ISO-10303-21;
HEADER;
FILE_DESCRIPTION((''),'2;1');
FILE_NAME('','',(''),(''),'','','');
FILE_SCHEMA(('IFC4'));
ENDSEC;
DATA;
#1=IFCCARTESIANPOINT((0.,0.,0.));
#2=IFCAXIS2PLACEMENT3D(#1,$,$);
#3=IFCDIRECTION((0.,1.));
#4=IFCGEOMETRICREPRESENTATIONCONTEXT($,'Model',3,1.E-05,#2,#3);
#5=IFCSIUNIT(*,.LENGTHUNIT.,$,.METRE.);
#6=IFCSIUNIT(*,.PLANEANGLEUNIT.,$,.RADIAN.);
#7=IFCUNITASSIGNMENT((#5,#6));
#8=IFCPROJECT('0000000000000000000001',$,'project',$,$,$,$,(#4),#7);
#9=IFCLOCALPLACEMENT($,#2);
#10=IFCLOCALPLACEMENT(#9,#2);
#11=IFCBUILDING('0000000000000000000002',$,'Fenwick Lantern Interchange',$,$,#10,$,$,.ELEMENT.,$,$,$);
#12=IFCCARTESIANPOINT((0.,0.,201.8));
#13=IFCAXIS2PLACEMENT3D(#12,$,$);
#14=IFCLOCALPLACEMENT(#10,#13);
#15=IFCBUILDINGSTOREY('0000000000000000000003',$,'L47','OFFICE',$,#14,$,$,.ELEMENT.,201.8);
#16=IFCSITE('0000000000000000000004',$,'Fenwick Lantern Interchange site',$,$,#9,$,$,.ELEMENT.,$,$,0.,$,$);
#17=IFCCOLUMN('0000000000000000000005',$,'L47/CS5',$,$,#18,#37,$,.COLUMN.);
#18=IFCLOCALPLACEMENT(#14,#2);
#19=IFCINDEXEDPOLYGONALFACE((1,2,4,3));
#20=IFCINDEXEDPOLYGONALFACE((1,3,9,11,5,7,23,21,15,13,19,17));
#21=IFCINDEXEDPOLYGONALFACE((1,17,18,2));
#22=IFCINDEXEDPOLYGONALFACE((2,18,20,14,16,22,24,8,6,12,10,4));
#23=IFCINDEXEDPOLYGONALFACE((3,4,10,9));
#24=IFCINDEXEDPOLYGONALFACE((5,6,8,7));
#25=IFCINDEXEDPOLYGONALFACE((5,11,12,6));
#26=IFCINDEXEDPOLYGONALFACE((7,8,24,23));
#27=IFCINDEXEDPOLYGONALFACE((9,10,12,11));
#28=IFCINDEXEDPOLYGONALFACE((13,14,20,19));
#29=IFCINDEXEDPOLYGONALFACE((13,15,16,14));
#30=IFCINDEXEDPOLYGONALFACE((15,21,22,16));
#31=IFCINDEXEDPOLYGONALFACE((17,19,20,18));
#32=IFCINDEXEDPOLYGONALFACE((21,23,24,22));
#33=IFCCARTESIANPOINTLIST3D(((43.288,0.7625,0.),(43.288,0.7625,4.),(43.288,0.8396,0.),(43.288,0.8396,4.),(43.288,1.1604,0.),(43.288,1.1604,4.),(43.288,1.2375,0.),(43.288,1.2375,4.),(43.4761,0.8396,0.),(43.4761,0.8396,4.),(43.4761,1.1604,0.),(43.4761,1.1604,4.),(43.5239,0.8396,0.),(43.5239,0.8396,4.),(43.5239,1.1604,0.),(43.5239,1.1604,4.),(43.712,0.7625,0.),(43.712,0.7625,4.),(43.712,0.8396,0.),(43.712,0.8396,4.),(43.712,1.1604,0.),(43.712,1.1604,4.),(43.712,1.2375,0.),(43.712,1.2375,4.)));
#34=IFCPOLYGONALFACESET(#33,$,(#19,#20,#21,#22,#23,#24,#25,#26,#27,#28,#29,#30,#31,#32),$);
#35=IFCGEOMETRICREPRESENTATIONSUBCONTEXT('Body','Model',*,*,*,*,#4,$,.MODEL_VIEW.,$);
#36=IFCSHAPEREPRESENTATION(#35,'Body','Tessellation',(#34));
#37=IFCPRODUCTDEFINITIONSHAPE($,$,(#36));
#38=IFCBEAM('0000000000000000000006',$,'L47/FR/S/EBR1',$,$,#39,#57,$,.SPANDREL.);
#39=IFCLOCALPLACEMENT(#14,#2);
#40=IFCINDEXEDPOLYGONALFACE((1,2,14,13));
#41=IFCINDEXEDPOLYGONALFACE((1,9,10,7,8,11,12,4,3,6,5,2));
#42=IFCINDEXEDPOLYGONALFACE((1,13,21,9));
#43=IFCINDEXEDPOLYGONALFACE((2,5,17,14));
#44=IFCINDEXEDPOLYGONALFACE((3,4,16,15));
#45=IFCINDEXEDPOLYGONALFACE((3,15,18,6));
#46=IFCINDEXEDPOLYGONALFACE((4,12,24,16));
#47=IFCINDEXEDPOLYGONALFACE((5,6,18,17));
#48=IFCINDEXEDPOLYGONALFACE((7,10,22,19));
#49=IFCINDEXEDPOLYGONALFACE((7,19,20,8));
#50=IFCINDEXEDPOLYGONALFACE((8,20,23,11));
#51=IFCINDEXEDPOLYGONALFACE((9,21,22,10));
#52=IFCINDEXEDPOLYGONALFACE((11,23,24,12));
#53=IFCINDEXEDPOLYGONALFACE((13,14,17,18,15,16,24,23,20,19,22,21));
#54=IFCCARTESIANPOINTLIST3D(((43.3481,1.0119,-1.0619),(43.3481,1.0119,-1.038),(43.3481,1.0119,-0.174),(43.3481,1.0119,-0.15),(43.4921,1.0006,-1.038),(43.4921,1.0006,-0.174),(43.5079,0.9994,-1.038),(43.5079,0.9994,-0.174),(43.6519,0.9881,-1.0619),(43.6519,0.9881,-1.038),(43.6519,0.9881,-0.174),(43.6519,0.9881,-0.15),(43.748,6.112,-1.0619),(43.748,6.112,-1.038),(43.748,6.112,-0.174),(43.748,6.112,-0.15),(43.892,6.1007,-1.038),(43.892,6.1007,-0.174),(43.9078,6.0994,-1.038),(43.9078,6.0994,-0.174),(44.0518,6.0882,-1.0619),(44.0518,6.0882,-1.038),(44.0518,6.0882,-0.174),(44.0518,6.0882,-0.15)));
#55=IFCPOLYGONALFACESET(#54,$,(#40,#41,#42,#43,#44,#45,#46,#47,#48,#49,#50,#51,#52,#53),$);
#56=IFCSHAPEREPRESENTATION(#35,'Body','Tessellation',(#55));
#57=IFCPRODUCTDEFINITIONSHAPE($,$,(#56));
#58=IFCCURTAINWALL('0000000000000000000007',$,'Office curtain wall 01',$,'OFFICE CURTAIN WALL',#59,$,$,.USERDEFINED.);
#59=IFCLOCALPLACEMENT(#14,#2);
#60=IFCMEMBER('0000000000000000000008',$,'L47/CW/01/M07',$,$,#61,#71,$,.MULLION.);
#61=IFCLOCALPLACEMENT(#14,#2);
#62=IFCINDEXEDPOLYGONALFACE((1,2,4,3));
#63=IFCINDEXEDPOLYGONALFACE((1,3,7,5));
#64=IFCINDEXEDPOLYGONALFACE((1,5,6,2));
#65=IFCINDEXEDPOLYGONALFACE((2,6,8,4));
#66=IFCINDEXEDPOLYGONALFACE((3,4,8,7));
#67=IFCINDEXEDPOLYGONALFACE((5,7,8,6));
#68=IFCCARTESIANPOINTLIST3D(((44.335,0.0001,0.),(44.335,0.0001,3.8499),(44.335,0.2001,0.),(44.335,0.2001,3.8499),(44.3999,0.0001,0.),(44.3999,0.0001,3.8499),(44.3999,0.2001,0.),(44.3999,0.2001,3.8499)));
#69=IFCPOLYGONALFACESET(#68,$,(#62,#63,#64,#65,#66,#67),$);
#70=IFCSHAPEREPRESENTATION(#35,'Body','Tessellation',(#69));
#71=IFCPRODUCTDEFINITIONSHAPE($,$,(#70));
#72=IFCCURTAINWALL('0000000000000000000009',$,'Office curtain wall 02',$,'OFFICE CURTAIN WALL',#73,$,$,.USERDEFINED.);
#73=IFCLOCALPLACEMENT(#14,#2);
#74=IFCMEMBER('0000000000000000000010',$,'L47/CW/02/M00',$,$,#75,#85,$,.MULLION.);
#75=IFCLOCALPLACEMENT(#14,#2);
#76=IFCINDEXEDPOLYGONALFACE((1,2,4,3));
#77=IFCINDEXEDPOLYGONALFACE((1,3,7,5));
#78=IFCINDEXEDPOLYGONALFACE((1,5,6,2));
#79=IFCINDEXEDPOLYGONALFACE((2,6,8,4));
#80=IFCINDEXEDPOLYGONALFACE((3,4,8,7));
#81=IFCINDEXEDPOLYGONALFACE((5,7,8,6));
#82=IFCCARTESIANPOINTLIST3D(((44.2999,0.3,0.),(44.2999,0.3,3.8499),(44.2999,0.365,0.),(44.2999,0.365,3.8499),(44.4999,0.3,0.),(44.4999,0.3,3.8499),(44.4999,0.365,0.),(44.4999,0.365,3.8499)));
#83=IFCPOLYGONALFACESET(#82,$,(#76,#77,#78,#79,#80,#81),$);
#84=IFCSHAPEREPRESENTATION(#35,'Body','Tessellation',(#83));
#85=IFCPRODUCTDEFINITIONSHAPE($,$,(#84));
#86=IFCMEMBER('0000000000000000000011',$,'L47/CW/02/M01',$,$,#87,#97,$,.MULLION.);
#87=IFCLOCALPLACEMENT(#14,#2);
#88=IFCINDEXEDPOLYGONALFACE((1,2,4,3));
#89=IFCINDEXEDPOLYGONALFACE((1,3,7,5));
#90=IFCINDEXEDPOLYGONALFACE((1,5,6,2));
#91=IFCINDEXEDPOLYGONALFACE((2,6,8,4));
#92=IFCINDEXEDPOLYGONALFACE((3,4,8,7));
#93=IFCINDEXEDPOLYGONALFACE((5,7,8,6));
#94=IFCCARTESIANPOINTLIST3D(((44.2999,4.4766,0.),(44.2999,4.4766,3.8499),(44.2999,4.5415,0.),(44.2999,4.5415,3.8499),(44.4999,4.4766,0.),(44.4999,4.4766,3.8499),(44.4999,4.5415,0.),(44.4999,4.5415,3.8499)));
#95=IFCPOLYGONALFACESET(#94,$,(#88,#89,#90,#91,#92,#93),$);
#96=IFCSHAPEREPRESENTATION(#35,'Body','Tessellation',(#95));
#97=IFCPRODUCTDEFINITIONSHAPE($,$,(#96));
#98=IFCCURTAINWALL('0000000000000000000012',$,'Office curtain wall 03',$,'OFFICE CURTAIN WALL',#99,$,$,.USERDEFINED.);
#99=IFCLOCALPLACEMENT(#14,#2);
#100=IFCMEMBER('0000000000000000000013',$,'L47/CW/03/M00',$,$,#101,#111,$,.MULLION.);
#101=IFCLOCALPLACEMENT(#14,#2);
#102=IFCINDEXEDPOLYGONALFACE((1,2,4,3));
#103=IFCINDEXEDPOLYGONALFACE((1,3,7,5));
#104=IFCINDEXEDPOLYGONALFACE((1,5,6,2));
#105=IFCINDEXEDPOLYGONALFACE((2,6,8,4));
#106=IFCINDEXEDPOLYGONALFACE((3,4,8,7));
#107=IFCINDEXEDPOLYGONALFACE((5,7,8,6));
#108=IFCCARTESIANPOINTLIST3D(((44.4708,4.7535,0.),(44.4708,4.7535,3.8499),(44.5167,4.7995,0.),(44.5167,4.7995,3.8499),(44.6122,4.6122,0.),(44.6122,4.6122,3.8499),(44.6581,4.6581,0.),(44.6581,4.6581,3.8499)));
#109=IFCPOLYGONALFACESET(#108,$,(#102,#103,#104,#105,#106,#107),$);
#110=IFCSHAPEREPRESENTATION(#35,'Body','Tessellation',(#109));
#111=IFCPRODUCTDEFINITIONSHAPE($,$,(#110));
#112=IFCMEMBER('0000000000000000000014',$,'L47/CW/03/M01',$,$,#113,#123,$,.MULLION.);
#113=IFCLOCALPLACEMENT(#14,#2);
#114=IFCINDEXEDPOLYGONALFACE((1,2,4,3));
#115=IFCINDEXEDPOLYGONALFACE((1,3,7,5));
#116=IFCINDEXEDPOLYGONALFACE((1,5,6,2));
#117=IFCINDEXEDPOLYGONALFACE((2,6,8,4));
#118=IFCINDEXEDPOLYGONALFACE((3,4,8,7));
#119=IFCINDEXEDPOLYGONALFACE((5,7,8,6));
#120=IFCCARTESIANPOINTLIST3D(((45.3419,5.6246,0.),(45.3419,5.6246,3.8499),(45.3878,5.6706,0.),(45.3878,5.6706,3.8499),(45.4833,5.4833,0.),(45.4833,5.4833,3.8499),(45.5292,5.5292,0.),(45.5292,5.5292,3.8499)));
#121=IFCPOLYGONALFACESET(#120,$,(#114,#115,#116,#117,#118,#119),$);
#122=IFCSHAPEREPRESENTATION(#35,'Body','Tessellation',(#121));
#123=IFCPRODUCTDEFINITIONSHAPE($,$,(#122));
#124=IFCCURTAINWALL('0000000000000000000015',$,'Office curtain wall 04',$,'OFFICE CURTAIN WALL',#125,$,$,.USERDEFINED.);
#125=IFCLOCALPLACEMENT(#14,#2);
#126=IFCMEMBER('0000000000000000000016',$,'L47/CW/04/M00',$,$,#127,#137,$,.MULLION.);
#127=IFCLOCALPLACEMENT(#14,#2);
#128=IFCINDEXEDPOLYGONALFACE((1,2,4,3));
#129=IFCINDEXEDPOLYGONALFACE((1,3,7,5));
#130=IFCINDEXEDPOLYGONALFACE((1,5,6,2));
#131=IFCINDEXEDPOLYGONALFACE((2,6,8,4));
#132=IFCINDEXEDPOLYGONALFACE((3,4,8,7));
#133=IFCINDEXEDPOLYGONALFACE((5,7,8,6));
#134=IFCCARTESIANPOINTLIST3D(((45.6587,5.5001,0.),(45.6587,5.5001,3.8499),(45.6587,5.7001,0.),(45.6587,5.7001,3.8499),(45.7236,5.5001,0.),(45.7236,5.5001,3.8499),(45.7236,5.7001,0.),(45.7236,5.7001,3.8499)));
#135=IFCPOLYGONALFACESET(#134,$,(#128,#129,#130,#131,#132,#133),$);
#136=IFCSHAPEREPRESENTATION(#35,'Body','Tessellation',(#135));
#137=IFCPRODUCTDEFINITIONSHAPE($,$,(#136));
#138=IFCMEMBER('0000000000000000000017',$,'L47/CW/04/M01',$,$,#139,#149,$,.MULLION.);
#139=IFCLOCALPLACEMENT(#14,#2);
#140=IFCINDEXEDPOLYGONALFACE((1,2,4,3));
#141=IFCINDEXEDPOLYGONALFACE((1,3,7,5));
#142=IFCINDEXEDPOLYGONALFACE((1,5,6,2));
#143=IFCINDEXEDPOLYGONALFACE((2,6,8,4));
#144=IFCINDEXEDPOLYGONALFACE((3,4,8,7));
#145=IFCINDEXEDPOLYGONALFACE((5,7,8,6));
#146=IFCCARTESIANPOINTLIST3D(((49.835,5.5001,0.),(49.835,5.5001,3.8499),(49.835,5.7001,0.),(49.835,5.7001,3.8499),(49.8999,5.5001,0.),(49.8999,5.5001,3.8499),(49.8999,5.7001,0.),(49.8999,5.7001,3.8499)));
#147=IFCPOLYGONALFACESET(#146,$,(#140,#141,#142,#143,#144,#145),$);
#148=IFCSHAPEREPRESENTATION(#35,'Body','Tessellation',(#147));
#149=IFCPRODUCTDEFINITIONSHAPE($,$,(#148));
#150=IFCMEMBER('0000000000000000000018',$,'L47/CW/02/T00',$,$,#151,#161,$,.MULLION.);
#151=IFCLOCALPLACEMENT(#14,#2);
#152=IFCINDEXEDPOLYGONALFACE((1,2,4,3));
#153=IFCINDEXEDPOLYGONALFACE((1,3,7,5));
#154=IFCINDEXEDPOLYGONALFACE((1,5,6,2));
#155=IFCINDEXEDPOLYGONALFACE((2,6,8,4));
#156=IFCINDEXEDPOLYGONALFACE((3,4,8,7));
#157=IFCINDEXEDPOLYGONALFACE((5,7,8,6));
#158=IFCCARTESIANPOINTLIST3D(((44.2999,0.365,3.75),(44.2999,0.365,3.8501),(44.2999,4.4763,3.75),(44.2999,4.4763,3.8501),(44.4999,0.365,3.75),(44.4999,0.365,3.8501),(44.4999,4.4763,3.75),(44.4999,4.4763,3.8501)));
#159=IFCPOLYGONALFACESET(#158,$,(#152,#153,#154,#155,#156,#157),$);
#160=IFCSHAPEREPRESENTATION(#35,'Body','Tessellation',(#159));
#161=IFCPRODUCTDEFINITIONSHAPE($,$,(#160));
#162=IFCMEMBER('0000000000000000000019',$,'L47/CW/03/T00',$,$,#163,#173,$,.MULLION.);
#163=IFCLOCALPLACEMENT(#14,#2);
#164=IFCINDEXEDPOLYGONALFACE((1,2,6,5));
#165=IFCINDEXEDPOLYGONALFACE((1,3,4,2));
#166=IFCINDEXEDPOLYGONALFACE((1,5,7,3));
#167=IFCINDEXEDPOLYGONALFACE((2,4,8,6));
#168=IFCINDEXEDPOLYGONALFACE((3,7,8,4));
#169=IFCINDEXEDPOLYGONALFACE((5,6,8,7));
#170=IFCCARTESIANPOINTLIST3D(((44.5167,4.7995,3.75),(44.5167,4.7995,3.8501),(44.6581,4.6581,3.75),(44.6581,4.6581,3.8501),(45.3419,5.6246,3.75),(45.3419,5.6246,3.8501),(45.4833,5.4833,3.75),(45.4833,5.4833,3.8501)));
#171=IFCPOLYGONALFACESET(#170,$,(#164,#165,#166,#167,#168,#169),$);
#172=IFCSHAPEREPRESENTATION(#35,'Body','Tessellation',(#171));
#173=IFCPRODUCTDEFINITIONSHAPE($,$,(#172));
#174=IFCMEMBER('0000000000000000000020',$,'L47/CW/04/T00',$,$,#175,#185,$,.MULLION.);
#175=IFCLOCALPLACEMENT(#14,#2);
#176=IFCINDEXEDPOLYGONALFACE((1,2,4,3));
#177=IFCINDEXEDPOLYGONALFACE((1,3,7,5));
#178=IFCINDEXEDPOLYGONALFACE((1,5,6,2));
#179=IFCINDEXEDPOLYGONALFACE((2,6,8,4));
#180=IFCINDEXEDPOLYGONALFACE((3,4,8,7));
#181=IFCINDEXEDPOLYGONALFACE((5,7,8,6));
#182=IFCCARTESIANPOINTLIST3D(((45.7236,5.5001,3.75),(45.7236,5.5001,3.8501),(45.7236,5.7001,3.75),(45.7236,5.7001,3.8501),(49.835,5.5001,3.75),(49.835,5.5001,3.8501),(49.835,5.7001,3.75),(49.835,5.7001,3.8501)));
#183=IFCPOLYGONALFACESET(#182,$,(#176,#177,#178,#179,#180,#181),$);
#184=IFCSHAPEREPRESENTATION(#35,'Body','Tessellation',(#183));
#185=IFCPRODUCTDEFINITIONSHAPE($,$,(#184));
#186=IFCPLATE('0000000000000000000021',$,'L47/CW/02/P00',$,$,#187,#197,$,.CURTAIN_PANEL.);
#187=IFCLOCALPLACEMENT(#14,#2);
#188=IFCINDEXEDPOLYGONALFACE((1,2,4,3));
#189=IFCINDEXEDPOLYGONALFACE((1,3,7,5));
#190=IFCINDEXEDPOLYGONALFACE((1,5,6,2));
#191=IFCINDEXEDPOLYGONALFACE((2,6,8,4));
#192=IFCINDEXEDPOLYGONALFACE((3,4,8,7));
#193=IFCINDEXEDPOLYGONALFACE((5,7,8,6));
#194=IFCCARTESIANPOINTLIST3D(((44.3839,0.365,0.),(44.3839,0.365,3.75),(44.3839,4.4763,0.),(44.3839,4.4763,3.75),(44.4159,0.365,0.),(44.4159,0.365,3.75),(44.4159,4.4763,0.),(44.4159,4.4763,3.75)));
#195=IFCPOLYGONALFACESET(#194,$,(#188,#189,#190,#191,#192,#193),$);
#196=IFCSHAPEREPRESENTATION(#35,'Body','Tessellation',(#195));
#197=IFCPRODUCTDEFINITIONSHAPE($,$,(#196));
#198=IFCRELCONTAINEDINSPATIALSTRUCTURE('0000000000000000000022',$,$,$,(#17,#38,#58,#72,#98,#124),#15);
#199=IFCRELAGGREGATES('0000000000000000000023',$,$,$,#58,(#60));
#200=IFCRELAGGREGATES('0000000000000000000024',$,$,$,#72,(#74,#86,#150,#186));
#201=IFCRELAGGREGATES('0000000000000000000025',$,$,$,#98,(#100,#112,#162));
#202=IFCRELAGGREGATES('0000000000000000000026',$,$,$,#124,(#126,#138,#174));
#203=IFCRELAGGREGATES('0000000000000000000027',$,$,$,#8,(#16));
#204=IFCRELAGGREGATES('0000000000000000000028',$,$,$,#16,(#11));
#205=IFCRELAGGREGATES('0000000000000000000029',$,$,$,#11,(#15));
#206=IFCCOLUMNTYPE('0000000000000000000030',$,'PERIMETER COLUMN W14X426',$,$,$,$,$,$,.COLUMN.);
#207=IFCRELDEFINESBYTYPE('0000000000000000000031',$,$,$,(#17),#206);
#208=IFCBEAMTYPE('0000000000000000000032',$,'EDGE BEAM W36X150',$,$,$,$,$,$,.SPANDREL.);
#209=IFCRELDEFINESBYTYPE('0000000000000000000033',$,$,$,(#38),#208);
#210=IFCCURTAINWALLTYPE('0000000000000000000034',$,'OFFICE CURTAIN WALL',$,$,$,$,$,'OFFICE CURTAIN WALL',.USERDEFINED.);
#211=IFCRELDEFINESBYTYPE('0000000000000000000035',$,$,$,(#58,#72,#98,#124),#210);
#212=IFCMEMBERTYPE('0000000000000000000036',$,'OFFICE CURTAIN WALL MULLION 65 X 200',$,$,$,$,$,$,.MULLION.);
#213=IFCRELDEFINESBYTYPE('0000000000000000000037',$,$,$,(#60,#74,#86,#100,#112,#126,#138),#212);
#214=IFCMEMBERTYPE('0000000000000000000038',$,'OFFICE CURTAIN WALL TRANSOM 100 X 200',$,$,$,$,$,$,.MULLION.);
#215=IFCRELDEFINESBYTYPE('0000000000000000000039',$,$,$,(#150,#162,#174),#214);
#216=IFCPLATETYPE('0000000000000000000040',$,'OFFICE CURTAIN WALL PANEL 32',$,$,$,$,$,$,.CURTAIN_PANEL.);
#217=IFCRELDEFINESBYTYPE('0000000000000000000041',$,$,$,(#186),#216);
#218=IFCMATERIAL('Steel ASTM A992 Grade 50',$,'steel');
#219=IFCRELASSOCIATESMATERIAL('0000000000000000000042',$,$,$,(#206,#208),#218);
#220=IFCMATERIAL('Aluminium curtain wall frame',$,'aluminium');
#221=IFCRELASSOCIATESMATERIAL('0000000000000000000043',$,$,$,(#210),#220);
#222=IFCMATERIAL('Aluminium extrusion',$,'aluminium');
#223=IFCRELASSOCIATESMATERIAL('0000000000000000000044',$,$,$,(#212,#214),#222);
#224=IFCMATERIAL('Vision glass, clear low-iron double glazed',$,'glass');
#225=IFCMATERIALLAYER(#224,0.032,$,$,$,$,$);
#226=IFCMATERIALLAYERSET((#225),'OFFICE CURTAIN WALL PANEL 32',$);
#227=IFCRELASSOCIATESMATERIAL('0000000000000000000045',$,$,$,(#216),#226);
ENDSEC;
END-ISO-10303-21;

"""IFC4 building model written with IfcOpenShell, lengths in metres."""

from ifc_helpers import new_model, si_unit, direction, frame, origin, origin_2d, place, context, subcontext, project, spatial, rectangle, i_section, extrude, material, layer, layer_set, material_profile, profile_set, type_object, element, aggregate, save


model = new_model("IFC4")

# Units and contexts
model_context = context("Model", 3, precision=1e-05, world=origin(), true_north=direction((0.0, 1.0)))
body_context = subcontext(model_context, "Body", "Model", "MODEL_VIEW")
ifc_project = project(units=[si_unit("LENGTHUNIT", "METRE"), si_unit("PLANEANGLEUNIT", "RADIAN")], contexts=[model_context])

# Site, building, storey
site_placement = place(None, origin())
site = spatial("IfcSite", under=ifc_project, at=site_placement, Name="Fenwick Lantern Interchange site", CompositionType="ELEMENT", RefElevation=0.0)
building_placement = place(site_placement, origin())
building = spatial("IfcBuilding", under=site, at=building_placement, Name="Fenwick Lantern Interchange", CompositionType="ELEMENT")
storey_placement = place(building_placement, frame((0.0, 0.0, 201.8)))
storey = spatial("IfcBuildingStorey", under=building, at=storey_placement, Name="L47", Description="OFFICE", CompositionType="ELEMENT", Elevation=201.8)

# Column
ifc_material_1 = material(Name="Steel ASTM A992 Grade 50", Category="steel")
ifc_material_profile_1 = material_profile(ifc_material_1, i_section(OverallWidth=0.4241, OverallDepth=0.4751, WebThickness=0.0479, FlangeThickness=0.0771, at=origin_2d()), Name="W14X426")
ifc_profile_set_1 = profile_set([ifc_material_profile_1], Name="Steel ASTM A992 Grade 50")
column_type = type_object("IfcColumnType", Name="PERIMETER COLUMN W14X426", PredefinedType="COLUMN", material=ifc_profile_set_1)
column_placement = place(storey_placement, frame((43.5, 1.0, 0.0), z_axis=(0.0, 0.0, 1.0), x_axis=(1.0, 0.0, 0.0)))
element("IfcColumn", 1, at=column_placement, inside=storey, type_object=column_type, Name="L47/CS5", PredefinedType="COLUMN", context=body_context, shape_type="SweptSolid", body=[
    extrude(i_section(OverallWidth=0.4241, OverallDepth=0.4751, WebThickness=0.0479, FlangeThickness=0.0771, at=origin_2d()), origin(), (0.0, 0.0, 1.0), 4.0),
])

# Beam
ifc_material_profile_2 = material_profile(ifc_material_1, i_section(OverallWidth=0.3047, OverallDepth=0.9119, WebThickness=0.0159, FlangeThickness=0.0239, at=origin_2d()), Name="W36X150")
ifc_profile_set_2 = profile_set([ifc_material_profile_2], Name="Steel ASTM A992 Grade 50")
beam_type = type_object("IfcBeamType", Name="EDGE BEAM W36X150", PredefinedType="SPANDREL", material=ifc_profile_set_2)
beam_placement = place(storey_placement, frame((43.5, 1.0, -0.606), z_axis=(0.078171, 0.99694, 0.0), x_axis=(-0.99694, 0.078171, 0.0)))
element("IfcBeam", 2, at=beam_placement, inside=storey, type_object=beam_type, Name="L47/FR/S/EBR1", PredefinedType="SPANDREL", context=body_context, shape_type="SweptSolid", body=[
    extrude(i_section(OverallWidth=0.3047, OverallDepth=0.9119, WebThickness=0.0159, FlangeThickness=0.0239, at=origin_2d()), origin(), (0.0, 0.0, 1.0), 5.1157),
])

# Curtain wall, member
ifc_material_2 = material(Name="Aluminium curtain wall frame", Category="aluminium")
curtain_wall_type = type_object("IfcCurtainWallType", Name="OFFICE CURTAIN WALL", ElementType="OFFICE CURTAIN WALL", PredefinedType="USERDEFINED", material=ifc_material_2)
curtain_wall_1_placement = place(storey_placement, origin())
curtain_wall_1 = element("IfcCurtainWall", 3, at=curtain_wall_1_placement, inside=storey, type_object=curtain_wall_type, Name="Office curtain wall 01", ObjectType="OFFICE CURTAIN WALL", PredefinedType="USERDEFINED")
ifc_material_3 = material(Name="Aluminium extrusion", Category="aluminium")
ifc_material_profile_3 = material_profile(ifc_material_3, rectangle(XDim=0.2, YDim=0.0649, at=origin_2d()), Name="OFFICE CURTAIN WALL MULLION 65 X 200")
ifc_profile_set_3 = profile_set([ifc_material_profile_3], Name="Aluminium extrusion")
member_type_1 = type_object("IfcMemberType", Name="OFFICE CURTAIN WALL MULLION 65 X 200", PredefinedType="MULLION", material=ifc_profile_set_3)
member_1_placement = place(storey_placement, frame((44.3674, 0.1001, 0.0), z_axis=(0.0, 0.0, 1.0), x_axis=(0.0, 1.0, 0.0)))
member_1 = element("IfcMember", 4, at=member_1_placement, type_object=member_type_1, Name="L47/CW/01/M07", PredefinedType="MULLION", context=body_context, shape_type="SweptSolid", body=[
    extrude(rectangle(XDim=0.2, YDim=0.0649, at=origin_2d()), origin(), (0.0, 0.0, 1.0), 3.8499),
])
aggregate(curtain_wall_1, [member_1])

# Curtain walls, members
curtain_wall_2_placement = place(storey_placement, origin())
curtain_wall_2 = element("IfcCurtainWall", 5, at=curtain_wall_2_placement, inside=storey, type_object=curtain_wall_type, Name="Office curtain wall 02", ObjectType="OFFICE CURTAIN WALL", PredefinedType="USERDEFINED")
member_2_placement = place(storey_placement, frame((44.3999, 0.3325, 0.0), z_axis=(0.0, 0.0, 1.0), x_axis=(-1.0, 0.0, 0.0)))
member_2 = element("IfcMember", 6, at=member_2_placement, type_object=member_type_1, Name="L47/CW/02/M00", PredefinedType="MULLION", context=body_context, shape_type="SweptSolid", body=[
    extrude(rectangle(XDim=0.2, YDim=0.0649, at=origin_2d()), origin(), (0.0, 0.0, 1.0), 3.8499),
])
member_3_placement = place(storey_placement, frame((44.3999, 4.509, 0.0), z_axis=(0.0, 0.0, 1.0), x_axis=(-1.0, 0.0, 0.0)))
member_3 = element("IfcMember", 7, at=member_3_placement, type_object=member_type_1, Name="L47/CW/02/M01", PredefinedType="MULLION", context=body_context, shape_type="SweptSolid", body=[
    extrude(rectangle(XDim=0.2, YDim=0.0649, at=origin_2d()), origin(), (0.0, 0.0, 1.0), 3.8499),
])
curtain_wall_3_placement = place(storey_placement, origin())
curtain_wall_3 = element("IfcCurtainWall", 8, at=curtain_wall_3_placement, inside=storey, type_object=curtain_wall_type, Name="Office curtain wall 03", ObjectType="OFFICE CURTAIN WALL", PredefinedType="USERDEFINED")
member_4_placement = place(storey_placement, frame((44.5645, 4.7058, 0.0), z_axis=(0.0, 0.0, 1.0), x_axis=(-0.707107, 0.707107, 0.0)))
member_4 = element("IfcMember", 9, at=member_4_placement, type_object=member_type_1, Name="L47/CW/03/M00", PredefinedType="MULLION", context=body_context, shape_type="SweptSolid", body=[
    extrude(rectangle(XDim=0.2, YDim=0.0649, at=origin_2d()), origin(), (0.0, 0.0, 1.0), 3.8499),
])
member_5_placement = place(storey_placement, frame((45.4355, 5.5769, 0.0), z_axis=(0.0, 0.0, 1.0), x_axis=(-0.707107, 0.707107, 0.0)))
member_5 = element("IfcMember", 10, at=member_5_placement, type_object=member_type_1, Name="L47/CW/03/M01", PredefinedType="MULLION", context=body_context, shape_type="SweptSolid", body=[
    extrude(rectangle(XDim=0.2, YDim=0.0649, at=origin_2d()), origin(), (0.0, 0.0, 1.0), 3.8499),
])
curtain_wall_4_placement = place(storey_placement, origin())
curtain_wall_4 = element("IfcCurtainWall", 11, at=curtain_wall_4_placement, inside=storey, type_object=curtain_wall_type, Name="Office curtain wall 04", ObjectType="OFFICE CURTAIN WALL", PredefinedType="USERDEFINED")
member_6_placement = place(storey_placement, frame((45.6912, 5.6001, 0.0), z_axis=(0.0, 0.0, 1.0), x_axis=(0.0, 1.0, 0.0)))
member_6 = element("IfcMember", 12, at=member_6_placement, type_object=member_type_1, Name="L47/CW/04/M00", PredefinedType="MULLION", context=body_context, shape_type="SweptSolid", body=[
    extrude(rectangle(XDim=0.2, YDim=0.0649, at=origin_2d()), origin(), (0.0, 0.0, 1.0), 3.8499),
])
member_7_placement = place(storey_placement, frame((49.8674, 5.6001, 0.0), z_axis=(0.0, 0.0, 1.0), x_axis=(0.0, 1.0, 0.0)))
member_7 = element("IfcMember", 13, at=member_7_placement, type_object=member_type_1, Name="L47/CW/04/M01", PredefinedType="MULLION", context=body_context, shape_type="SweptSolid", body=[
    extrude(rectangle(XDim=0.2, YDim=0.0649, at=origin_2d()), origin(), (0.0, 0.0, 1.0), 3.8499),
])

# Members
ifc_material_profile_4 = material_profile(ifc_material_3, rectangle(XDim=0.2, YDim=0.1001, at=origin_2d()), Name="OFFICE CURTAIN WALL TRANSOM 100 X 200")
ifc_profile_set_4 = profile_set([ifc_material_profile_4], Name="Aluminium extrusion")
member_type_2 = type_object("IfcMemberType", Name="OFFICE CURTAIN WALL TRANSOM 100 X 200", PredefinedType="MULLION", material=ifc_profile_set_4)
member_8_placement = place(storey_placement, frame((44.3999, 0.365, 3.8), z_axis=(0.0, 1.0, 0.0), x_axis=(-1.0, 0.0, 0.0)))
member_8 = element("IfcMember", 14, at=member_8_placement, type_object=member_type_2, Name="L47/CW/02/T00", PredefinedType="MULLION", context=body_context, shape_type="SweptSolid", body=[
    extrude(rectangle(XDim=0.2, YDim=0.1001, at=origin_2d()), origin(), (0.0, 0.0, 1.0), 4.1113),
])
member_9_placement = place(storey_placement, frame((44.5874, 4.7288, 3.8), z_axis=(0.707107, 0.707107, 0.0), x_axis=(-0.707107, 0.707107, 0.0)))
member_9 = element("IfcMember", 15, at=member_9_placement, type_object=member_type_2, Name="L47/CW/03/T00", PredefinedType="MULLION", context=body_context, shape_type="SweptSolid", body=[
    extrude(rectangle(XDim=0.2, YDim=0.1001, at=origin_2d()), origin(), (0.0, 0.0, 1.0), 1.167),
])
member_10_placement = place(storey_placement, frame((45.7236, 5.6001, 3.8), z_axis=(1.0, 0.0, 0.0), x_axis=(0.0, 1.0, 0.0)))
member_10 = element("IfcMember", 16, at=member_10_placement, type_object=member_type_2, Name="L47/CW/04/T00", PredefinedType="MULLION", context=body_context, shape_type="SweptSolid", body=[
    extrude(rectangle(XDim=0.2, YDim=0.1001, at=origin_2d()), origin(), (0.0, 0.0, 1.0), 4.1113),
])

# Plate
ifc_material_4 = material(Name="Vision glass, clear low-iron double glazed", Category="glass")
ifc_layer_1 = layer(ifc_material_4, 0.032)
ifc_layer_set_1 = layer_set([ifc_layer_1], Name="OFFICE CURTAIN WALL PANEL 32")
plate_type = type_object("IfcPlateType", Name="OFFICE CURTAIN WALL PANEL 32", PredefinedType="CURTAIN_PANEL", material=ifc_layer_set_1)
plate_1_placement = place(storey_placement, frame((44.3999, 2.4207, 0.0), z_axis=(0.0, 0.0, 1.0), x_axis=(0.0, 1.0, 0.0)))
plate_1 = element("IfcPlate", 17, at=plate_1_placement, type_object=plate_type, Name="L47/CW/02/P00", PredefinedType="CURTAIN_PANEL", context=body_context, shape_type="SweptSolid", body=[
    extrude(rectangle(XDim=4.1113, YDim=0.032, at=origin_2d()), origin(), (0.0, 0.0, 1.0), 3.75),
])
aggregate(curtain_wall_2, [member_2, member_3, member_8, plate_1])
aggregate(curtain_wall_3, [member_4, member_5, member_9])
aggregate(curtain_wall_4, [member_6, member_7, member_10])

save(model, "model.ifc")
